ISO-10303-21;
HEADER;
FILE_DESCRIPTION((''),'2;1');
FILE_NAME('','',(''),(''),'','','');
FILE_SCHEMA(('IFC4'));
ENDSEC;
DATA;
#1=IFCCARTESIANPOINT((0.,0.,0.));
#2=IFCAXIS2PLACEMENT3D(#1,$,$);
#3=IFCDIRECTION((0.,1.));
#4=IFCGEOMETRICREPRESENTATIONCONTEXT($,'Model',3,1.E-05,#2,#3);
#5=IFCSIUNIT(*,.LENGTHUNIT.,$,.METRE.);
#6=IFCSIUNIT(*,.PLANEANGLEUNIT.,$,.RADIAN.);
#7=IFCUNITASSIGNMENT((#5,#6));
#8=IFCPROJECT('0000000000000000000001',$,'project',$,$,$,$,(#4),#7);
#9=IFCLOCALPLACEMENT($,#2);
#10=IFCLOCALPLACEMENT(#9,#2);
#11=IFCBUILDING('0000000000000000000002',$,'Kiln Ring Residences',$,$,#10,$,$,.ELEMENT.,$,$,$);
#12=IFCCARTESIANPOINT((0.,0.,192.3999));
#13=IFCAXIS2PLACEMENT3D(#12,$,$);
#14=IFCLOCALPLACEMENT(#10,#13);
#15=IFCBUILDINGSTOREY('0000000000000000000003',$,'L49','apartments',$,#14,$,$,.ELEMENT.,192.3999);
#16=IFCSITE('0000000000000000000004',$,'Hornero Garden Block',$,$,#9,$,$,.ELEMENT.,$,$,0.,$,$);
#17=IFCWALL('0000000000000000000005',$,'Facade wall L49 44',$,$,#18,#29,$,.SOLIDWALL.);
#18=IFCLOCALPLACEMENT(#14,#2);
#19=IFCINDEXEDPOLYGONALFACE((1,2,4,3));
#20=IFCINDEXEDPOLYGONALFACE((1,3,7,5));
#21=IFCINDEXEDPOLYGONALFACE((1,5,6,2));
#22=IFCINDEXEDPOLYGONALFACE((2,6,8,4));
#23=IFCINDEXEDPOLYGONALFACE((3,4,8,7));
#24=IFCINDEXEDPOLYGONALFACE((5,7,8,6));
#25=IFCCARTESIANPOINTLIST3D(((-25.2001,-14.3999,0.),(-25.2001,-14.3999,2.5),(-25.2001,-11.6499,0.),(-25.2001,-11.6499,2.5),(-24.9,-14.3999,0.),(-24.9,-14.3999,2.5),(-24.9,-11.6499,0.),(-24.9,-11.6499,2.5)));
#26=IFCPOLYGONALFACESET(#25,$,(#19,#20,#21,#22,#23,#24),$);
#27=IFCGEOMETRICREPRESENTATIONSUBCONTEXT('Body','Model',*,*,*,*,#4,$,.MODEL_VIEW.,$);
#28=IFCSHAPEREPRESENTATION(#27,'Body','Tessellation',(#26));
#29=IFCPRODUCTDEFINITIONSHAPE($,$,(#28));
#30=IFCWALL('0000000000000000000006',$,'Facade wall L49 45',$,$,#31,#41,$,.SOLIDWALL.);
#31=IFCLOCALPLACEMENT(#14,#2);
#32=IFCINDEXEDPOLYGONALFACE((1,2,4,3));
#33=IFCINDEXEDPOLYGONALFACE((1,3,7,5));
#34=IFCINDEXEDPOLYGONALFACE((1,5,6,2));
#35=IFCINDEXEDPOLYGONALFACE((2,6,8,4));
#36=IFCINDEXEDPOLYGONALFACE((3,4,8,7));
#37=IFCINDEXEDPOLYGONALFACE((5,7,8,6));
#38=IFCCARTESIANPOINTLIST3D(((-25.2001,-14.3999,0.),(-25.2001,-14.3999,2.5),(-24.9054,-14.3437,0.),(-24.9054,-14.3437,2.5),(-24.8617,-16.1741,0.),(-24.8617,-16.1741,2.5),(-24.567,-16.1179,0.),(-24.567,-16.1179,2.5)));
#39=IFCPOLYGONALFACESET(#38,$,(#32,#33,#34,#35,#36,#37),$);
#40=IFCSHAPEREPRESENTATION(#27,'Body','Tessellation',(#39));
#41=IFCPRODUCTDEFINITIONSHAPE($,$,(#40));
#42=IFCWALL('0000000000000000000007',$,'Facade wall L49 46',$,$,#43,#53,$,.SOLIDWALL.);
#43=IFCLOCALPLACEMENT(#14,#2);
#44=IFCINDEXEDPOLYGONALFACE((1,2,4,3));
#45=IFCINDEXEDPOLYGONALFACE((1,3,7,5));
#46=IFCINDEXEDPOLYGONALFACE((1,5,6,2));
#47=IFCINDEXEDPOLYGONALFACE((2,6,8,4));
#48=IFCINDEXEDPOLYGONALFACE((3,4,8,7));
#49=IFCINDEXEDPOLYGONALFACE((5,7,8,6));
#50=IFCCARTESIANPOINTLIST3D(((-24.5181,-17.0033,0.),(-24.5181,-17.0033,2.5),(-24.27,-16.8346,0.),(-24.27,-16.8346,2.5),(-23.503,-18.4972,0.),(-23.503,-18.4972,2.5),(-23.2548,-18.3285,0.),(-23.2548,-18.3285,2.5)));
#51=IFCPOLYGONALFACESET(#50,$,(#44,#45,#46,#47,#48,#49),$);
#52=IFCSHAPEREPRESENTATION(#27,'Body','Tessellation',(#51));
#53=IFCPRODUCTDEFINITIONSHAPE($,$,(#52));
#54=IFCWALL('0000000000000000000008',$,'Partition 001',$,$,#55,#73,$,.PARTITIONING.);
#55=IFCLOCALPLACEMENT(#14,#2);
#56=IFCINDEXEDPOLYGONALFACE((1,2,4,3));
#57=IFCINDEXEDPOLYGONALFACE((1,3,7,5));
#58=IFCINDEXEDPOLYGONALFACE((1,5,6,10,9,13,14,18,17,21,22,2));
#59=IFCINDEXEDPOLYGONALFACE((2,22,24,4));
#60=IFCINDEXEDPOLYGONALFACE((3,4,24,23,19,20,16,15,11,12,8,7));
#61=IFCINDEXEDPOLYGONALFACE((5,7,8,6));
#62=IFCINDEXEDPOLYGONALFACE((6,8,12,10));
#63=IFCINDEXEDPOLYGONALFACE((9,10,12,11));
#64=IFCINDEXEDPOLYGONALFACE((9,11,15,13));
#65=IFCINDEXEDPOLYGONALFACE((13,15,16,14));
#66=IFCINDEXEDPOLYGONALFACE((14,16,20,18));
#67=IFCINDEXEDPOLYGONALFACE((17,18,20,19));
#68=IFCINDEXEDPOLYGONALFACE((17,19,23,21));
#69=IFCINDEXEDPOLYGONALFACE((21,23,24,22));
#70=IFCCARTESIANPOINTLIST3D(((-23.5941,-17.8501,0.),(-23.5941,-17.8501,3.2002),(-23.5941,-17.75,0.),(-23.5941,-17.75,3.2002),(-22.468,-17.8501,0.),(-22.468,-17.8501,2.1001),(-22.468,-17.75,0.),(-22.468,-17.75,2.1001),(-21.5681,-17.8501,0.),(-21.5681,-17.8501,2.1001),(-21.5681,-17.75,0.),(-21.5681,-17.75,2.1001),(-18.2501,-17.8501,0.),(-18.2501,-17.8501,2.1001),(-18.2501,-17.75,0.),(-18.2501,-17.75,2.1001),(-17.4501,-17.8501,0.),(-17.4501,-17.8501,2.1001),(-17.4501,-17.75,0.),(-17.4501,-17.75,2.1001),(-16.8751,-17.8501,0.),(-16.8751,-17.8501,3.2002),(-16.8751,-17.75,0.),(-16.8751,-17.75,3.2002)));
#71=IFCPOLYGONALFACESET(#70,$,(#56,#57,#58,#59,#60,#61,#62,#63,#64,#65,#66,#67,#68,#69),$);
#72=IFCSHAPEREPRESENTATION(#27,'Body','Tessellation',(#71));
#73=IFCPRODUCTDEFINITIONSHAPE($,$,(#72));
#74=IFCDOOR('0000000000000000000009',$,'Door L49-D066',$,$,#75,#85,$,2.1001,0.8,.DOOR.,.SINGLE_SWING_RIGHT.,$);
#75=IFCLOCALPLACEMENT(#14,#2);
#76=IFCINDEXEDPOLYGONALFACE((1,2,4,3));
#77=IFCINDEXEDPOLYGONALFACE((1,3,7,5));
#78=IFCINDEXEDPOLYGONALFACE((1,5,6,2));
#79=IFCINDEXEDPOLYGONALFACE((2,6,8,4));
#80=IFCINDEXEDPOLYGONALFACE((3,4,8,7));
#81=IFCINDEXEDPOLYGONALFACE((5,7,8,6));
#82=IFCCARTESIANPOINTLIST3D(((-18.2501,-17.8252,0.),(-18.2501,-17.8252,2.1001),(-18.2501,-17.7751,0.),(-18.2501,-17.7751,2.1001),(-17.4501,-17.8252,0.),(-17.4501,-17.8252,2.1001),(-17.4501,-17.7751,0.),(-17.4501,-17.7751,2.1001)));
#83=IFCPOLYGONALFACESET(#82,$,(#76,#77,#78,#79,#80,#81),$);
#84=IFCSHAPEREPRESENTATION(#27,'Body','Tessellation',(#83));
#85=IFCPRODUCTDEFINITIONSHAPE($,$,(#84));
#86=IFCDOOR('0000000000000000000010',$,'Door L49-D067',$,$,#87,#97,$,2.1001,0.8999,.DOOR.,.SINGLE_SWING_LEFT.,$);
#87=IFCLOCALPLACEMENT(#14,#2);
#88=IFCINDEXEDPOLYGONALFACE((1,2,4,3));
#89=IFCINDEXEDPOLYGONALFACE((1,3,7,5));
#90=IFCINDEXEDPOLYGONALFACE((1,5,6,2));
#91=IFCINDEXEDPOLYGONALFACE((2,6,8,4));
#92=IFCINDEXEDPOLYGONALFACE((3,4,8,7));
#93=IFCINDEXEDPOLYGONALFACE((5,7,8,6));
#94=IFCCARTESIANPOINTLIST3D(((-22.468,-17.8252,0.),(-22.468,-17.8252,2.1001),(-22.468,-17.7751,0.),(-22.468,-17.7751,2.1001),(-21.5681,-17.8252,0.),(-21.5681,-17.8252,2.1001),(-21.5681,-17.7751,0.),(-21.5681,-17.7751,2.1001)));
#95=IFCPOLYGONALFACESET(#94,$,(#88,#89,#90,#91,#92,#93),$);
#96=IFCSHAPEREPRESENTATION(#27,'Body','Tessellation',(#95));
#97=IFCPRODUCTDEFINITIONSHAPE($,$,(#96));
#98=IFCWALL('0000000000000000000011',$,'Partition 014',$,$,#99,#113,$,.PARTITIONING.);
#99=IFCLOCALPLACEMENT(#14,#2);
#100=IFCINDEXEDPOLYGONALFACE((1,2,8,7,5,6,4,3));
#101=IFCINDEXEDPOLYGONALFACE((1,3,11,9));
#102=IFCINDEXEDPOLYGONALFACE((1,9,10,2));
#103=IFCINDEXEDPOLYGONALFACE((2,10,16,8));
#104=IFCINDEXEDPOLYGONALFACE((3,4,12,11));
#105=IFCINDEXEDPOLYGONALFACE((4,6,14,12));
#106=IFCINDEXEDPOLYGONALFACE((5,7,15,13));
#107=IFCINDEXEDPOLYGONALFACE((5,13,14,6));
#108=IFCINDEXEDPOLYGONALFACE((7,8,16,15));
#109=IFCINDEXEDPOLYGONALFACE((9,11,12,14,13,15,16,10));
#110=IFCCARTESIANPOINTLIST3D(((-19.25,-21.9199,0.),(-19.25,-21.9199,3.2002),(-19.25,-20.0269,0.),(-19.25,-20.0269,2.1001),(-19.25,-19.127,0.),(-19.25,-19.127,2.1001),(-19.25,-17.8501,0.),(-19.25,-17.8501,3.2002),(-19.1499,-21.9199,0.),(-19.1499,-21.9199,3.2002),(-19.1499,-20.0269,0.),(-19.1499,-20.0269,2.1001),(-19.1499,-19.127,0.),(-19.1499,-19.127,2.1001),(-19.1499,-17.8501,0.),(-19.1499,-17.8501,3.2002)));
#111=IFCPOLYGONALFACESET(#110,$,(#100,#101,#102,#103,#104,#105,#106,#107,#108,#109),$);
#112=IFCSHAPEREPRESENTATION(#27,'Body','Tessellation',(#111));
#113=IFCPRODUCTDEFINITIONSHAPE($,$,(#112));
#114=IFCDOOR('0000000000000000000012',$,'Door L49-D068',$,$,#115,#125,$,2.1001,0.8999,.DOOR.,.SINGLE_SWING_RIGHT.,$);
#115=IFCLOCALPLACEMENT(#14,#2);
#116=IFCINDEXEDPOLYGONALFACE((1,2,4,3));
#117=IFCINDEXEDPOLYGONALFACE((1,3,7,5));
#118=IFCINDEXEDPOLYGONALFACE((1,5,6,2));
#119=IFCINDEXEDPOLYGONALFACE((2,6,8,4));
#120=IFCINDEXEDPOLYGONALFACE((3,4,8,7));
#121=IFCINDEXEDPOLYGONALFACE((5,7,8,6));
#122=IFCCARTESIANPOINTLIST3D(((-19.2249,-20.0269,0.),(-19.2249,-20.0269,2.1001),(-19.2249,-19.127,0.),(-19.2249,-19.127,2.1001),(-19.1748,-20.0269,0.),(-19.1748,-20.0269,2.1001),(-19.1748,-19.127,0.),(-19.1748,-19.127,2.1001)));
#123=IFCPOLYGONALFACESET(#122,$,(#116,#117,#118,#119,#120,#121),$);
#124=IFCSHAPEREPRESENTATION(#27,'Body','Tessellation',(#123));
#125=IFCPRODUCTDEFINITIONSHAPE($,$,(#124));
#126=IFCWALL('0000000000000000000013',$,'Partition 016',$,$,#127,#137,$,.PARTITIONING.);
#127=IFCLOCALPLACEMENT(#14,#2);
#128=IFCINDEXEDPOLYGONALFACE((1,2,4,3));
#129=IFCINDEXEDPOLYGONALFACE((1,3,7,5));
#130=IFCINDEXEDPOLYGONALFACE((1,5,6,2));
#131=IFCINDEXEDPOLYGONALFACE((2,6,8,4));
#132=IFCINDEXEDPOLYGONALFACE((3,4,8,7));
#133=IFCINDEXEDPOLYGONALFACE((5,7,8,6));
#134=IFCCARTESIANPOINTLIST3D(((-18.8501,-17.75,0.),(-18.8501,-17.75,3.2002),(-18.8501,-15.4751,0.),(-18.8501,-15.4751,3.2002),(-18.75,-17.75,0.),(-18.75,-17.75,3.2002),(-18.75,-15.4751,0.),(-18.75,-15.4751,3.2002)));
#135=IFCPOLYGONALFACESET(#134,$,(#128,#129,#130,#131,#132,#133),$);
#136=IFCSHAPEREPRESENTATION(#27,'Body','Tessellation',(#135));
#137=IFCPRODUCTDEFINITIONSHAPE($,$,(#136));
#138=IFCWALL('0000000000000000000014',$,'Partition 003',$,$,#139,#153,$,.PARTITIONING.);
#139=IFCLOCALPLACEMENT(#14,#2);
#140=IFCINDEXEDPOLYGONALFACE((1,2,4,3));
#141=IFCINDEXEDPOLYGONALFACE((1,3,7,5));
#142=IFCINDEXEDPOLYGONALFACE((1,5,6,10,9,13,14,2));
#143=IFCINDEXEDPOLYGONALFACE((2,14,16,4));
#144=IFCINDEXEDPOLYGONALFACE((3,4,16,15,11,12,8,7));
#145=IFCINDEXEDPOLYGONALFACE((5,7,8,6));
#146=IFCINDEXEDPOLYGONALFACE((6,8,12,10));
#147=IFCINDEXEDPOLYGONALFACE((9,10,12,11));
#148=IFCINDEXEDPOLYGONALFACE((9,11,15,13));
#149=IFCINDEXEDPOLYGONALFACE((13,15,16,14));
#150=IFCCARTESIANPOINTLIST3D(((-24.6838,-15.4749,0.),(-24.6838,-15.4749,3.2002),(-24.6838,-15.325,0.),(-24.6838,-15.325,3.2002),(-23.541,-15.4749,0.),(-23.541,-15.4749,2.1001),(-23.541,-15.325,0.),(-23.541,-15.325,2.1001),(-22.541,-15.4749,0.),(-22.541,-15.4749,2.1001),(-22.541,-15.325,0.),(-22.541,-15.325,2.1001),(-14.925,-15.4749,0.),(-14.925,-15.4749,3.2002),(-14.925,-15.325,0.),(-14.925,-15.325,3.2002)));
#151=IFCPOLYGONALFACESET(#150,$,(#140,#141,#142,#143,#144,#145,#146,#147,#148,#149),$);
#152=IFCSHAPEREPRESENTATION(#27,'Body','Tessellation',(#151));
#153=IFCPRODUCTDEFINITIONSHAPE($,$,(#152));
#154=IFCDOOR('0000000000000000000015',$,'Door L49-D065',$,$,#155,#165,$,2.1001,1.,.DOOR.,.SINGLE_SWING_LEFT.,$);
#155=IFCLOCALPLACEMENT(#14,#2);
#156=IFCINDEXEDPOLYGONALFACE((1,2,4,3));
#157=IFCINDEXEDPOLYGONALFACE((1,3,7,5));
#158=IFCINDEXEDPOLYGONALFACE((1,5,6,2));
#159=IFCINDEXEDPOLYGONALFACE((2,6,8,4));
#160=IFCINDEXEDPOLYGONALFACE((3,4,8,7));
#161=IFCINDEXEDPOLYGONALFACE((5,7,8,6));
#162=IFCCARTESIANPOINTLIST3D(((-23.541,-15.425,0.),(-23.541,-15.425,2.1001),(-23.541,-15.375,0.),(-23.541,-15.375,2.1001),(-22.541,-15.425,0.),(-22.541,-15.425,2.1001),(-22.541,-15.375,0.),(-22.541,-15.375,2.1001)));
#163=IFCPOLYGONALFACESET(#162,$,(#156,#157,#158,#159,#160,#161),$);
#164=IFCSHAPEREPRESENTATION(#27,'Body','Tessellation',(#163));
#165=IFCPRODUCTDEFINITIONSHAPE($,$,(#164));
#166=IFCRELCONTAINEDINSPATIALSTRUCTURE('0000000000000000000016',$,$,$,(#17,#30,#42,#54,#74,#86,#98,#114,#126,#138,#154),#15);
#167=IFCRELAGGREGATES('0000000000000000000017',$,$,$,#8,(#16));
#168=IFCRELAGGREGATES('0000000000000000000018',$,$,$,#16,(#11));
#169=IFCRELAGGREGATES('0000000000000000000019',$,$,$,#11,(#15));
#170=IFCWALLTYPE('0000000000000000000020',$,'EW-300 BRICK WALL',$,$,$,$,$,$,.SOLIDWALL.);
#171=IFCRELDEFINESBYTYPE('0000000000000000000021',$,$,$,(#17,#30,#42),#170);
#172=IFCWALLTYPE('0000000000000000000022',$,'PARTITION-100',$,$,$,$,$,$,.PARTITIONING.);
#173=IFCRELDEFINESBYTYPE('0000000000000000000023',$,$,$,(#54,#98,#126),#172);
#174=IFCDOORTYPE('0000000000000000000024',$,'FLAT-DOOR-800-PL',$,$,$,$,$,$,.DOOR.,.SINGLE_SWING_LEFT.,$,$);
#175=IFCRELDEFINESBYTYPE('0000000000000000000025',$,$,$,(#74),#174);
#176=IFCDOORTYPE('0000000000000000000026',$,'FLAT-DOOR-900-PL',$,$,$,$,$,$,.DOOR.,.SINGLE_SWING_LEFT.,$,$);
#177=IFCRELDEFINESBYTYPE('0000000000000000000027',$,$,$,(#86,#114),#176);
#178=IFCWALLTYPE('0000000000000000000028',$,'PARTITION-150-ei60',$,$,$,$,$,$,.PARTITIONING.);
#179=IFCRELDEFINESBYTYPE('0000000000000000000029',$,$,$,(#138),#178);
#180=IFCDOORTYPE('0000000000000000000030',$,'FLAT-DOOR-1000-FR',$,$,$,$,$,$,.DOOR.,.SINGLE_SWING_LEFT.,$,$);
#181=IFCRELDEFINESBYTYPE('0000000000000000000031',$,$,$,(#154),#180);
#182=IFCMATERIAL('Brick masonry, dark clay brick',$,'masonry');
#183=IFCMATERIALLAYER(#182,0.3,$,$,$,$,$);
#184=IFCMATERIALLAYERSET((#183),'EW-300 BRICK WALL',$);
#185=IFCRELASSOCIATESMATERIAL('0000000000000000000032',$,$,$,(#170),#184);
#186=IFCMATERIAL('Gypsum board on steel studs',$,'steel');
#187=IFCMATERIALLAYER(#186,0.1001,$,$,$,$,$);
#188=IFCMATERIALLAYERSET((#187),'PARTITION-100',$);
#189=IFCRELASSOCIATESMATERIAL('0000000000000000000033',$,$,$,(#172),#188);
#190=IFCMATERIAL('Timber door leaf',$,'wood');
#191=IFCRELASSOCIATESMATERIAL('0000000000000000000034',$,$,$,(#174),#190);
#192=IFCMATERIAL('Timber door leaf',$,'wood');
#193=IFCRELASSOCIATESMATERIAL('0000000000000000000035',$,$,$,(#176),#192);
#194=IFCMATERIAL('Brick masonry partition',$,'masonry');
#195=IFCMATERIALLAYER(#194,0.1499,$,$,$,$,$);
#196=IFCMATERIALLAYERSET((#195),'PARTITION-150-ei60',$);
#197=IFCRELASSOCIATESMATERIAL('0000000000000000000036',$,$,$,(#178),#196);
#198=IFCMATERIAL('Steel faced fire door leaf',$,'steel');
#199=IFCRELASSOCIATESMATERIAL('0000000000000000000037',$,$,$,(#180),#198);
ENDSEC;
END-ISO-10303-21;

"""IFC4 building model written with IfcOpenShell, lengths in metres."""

from ifc_helpers import new_model, si_unit, direction, frame, frame_2d, origin, place, context, subcontext, project, spatial, rectangle, extrude, material, layer, layer_set, type_object, element, fill, save


model = new_model("IFC4")

# Units and contexts
model_context = context("Model", 3, precision=1e-05, world=origin(), true_north=direction((0.0, 1.0)))
body_context = subcontext(model_context, "Body", "Model", "MODEL_VIEW")
ifc_project = project(units=[si_unit("LENGTHUNIT", "METRE"), si_unit("PLANEANGLEUNIT", "RADIAN")], contexts=[model_context])

# Site, building, storey
site_placement = place(None, origin())
site = spatial("IfcSite", under=ifc_project, at=site_placement, Name="Hornero Garden Block", CompositionType="ELEMENT", RefElevation=0.0)
building_placement = place(site_placement, origin())
building = spatial("IfcBuilding", under=site, at=building_placement, Name="Kiln Ring Residences", CompositionType="ELEMENT")
storey_placement = place(building_placement, frame((0.0, 0.0, 192.3999)))
storey = spatial("IfcBuildingStorey", under=building, at=storey_placement, Name="L49", Description="apartments", CompositionType="ELEMENT", Elevation=192.3999)

# Shared definitions
ifc_material_1 = material(Name="Brick masonry, dark clay brick", Category="masonry")
ifc_layer_1 = layer(ifc_material_1, 0.3)
ifc_layer_set_1 = layer_set([ifc_layer_1], Name="EW-300 BRICK WALL")
wall_type_1 = type_object("IfcWallType", Name="EW-300 BRICK WALL", PredefinedType="SOLIDWALL", material=ifc_layer_set_1)

# Walls
wall_1_placement = place(storey_placement, frame((-25.05, -11.6499, 0.0), z_axis=(0.0, 0.0, 1.0), x_axis=(0.0, -1.0, 0.0)))
element("IfcWall", 1, at=wall_1_placement, inside=storey, type_object=wall_type_1, Name="Facade wall L49 44", PredefinedType="SOLIDWALL", context=body_context, shape_type="SweptSolid", body=[
    extrude(rectangle(XDim=2.75, YDim=0.3, at=frame_2d((1.375, 0.0))), origin(), (0.0, 0.0, 1.0), 2.5),
])
for number, where, z_axis, x_axis, name in (
    (2, (-25.0527, -14.3718, 0.0), (0.0, 0.0, 1.0), (0.187348, -0.982294, 0.0), "Facade wall L49 45"),
    (3, (-24.394, -16.9189, 0.0), (0.0, 0.0, 1.0), (0.56204, -0.82711, 0.0), "Facade wall L49 46"),
):
    element("IfcWall", number, at=place(storey_placement, frame(where, z_axis=z_axis, x_axis=x_axis)), inside=storey, type_object=wall_type_1, Name=name, PredefinedType="SOLIDWALL", context=body_context, shape_type="SweptSolid", body=[
        extrude(rectangle(XDim=1.8062, YDim=0.3, at=frame_2d((0.9031, 0.0))), origin(), (0.0, 0.0, 1.0), 2.5),
    ])

# Wall, openings, doors
ifc_material_2 = material(Name="Gypsum board on steel studs", Category="steel")
ifc_layer_2 = layer(ifc_material_2, 0.1001)
ifc_layer_set_2 = layer_set([ifc_layer_2], Name="PARTITION-100")
wall_type_2 = type_object("IfcWallType", Name="PARTITION-100", PredefinedType="PARTITIONING", material=ifc_layer_set_2)
wall_2_placement = place(storey_placement, frame((-23.594, -17.8, 0.0), z_axis=(0.0, 0.0, 1.0), x_axis=(1.0, 0.0, 0.0)))
wall_2 = element("IfcWall", 4, at=wall_2_placement, inside=storey, type_object=wall_type_2, Name="Partition 001", PredefinedType="PARTITIONING", context=body_context, shape_type="SweptSolid", body=[
    extrude(rectangle(XDim=6.719, YDim=0.1001, at=frame_2d((3.3594, 0.0))), origin(), (0.0, 0.0, 1.0), 3.2002),
])
opening_1_placement = place(wall_2_placement, frame((5.344, 0.0, 0.0)))
opening_1 = element("IfcOpeningElement", 5, at=opening_1_placement, cuts=wall_2, PredefinedType="OPENING", context=body_context, shape_type="SweptSolid", body=[
    extrude(rectangle(XDim=0.8, YDim=2.1001, at=frame_2d((0.3999, 1.05))), frame((0.0, 0.0601, 0.0), z_axis=(0.0, -1.0, 0.0), x_axis=(1.0, 0.0, 0.0)), (0.0, 0.0, 1.0), 0.1201),
])
opening_2_placement = place(wall_2_placement, frame((1.126, 0.0, 0.0)))
opening_2 = element("IfcOpeningElement", 6, at=opening_2_placement, cuts=wall_2, PredefinedType="OPENING", context=body_context, shape_type="SweptSolid", body=[
    extrude(rectangle(XDim=0.8999, YDim=2.1001, at=frame_2d((0.45, 1.05))), frame((0.0, 0.0601, 0.0), z_axis=(0.0, -1.0, 0.0), x_axis=(1.0, 0.0, 0.0)), (0.0, 0.0, 1.0), 0.1201),
])
ifc_material_3 = material(Name="Timber door leaf", Category="wood")
door_type_1 = type_object("IfcDoorType", Name="FLAT-DOOR-800-PL", OperationType="SINGLE_SWING_LEFT", PredefinedType="DOOR", material=ifc_material_3)
door_1_placement = place(opening_1_placement, origin())
door_1 = element("IfcDoor", 7, at=door_1_placement, inside=storey, type_object=door_type_1, Name="Door L49-D066", OperationType="SINGLE_SWING_RIGHT", OverallHeight=2.1001, OverallWidth=0.8, PredefinedType="DOOR", context=body_context, shape_type="SweptSolid", body=[
    extrude(rectangle(XDim=0.8, YDim=2.1001, at=frame_2d((0.3999, 1.05))), frame((0.0, 0.0249, 0.0), z_axis=(0.0, -1.0, 0.0), x_axis=(1.0, 0.0, 0.0)), (0.0, 0.0, 1.0), 0.05),
])
fill(opening_1, door_1)
ifc_material_4 = material(Name="Timber door leaf", Category="wood")
door_type_2 = type_object("IfcDoorType", Name="FLAT-DOOR-900-PL", OperationType="SINGLE_SWING_LEFT", PredefinedType="DOOR", material=ifc_material_4)
door_2_placement = place(opening_2_placement, origin())
door_2 = element("IfcDoor", 8, at=door_2_placement, inside=storey, type_object=door_type_2, Name="Door L49-D067", OperationType="SINGLE_SWING_LEFT", OverallHeight=2.1001, OverallWidth=0.8999, PredefinedType="DOOR", context=body_context, shape_type="SweptSolid", body=[
    extrude(rectangle(XDim=0.8999, YDim=2.1001, at=frame_2d((0.45, 1.05))), frame((0.0, 0.0249, 0.0), z_axis=(0.0, -1.0, 0.0), x_axis=(1.0, 0.0, 0.0)), (0.0, 0.0, 1.0), 0.05),
])
fill(opening_2, door_2)

# Wall, opening, door
wall_3_placement = place(storey_placement, frame((-19.2, -21.9199, 0.0), z_axis=(0.0, 0.0, 1.0), x_axis=(0.0, 1.0, 0.0)))
wall_3 = element("IfcWall", 9, at=wall_3_placement, inside=storey, type_object=wall_type_2, Name="Partition 014", PredefinedType="PARTITIONING", context=body_context, shape_type="SweptSolid", body=[
    extrude(rectangle(XDim=4.0698, YDim=0.1001, at=frame_2d((2.0349, 0.0))), origin(), (0.0, 0.0, 1.0), 3.2002),
])
opening_3_placement = place(wall_3_placement, frame((1.8931, 0.0, 0.0)))
opening_3 = element("IfcOpeningElement", 10, at=opening_3_placement, cuts=wall_3, PredefinedType="OPENING", context=body_context, shape_type="SweptSolid", body=[
    extrude(rectangle(XDim=0.8999, YDim=2.1001, at=frame_2d((0.45, 1.05))), frame((0.0, 0.0601, 0.0), z_axis=(0.0, -1.0, 0.0), x_axis=(1.0, 0.0, 0.0)), (0.0, 0.0, 1.0), 0.1201),
])
door_3_placement = place(opening_3_placement, origin())
door_3 = element("IfcDoor", 11, at=door_3_placement, inside=storey, type_object=door_type_2, Name="Door L49-D068", OperationType="SINGLE_SWING_RIGHT", OverallHeight=2.1001, OverallWidth=0.8999, PredefinedType="DOOR", context=body_context, shape_type="SweptSolid", body=[
    extrude(rectangle(XDim=0.8999, YDim=2.1001, at=frame_2d((0.45, 1.05))), frame((0.0, 0.0249, 0.0), z_axis=(0.0, -1.0, 0.0), x_axis=(1.0, 0.0, 0.0)), (0.0, 0.0, 1.0), 0.05),
])
fill(opening_3, door_3)

# Wall
wall_4_placement = place(storey_placement, frame((-18.8, -17.75, 0.0), z_axis=(0.0, 0.0, 1.0), x_axis=(0.0, 1.0, 0.0)))
element("IfcWall", 12, at=wall_4_placement, inside=storey, type_object=wall_type_2, Name="Partition 016", PredefinedType="PARTITIONING", context=body_context, shape_type="SweptSolid", body=[
    extrude(rectangle(XDim=2.2749, YDim=0.1001, at=frame_2d((1.1375, 0.0))), origin(), (0.0, 0.0, 1.0), 3.2002),
])

# Wall, opening, door
ifc_material_5 = material(Name="Brick masonry partition", Category="masonry")
ifc_layer_3 = layer(ifc_material_5, 0.1499)
ifc_layer_set_3 = layer_set([ifc_layer_3], Name="PARTITION-150-ei60")
wall_type_3 = type_object("IfcWallType", Name="PARTITION-150-ei60", PredefinedType="PARTITIONING", material=ifc_layer_set_3)
wall_5_placement = place(storey_placement, frame((-24.6838, -15.3999, 0.0), z_axis=(0.0, 0.0, 1.0), x_axis=(1.0, 0.0, 0.0)))
wall_5 = element("IfcWall", 13, at=wall_5_placement, inside=storey, type_object=wall_type_3, Name="Partition 003", PredefinedType="PARTITIONING", context=body_context, shape_type="SweptSolid", body=[
    extrude(rectangle(XDim=9.7588, YDim=0.1499, at=frame_2d((4.8794, 0.0))), origin(), (0.0, 0.0, 1.0), 3.2002),
])
opening_4_placement = place(wall_5_placement, frame((1.1428, 0.0, 0.0)))
opening_4 = element("IfcOpeningElement", 14, at=opening_4_placement, cuts=wall_5, PredefinedType="OPENING", context=body_context, shape_type="SweptSolid", body=[
    extrude(rectangle(XDim=1.0, YDim=2.1001, at=frame_2d((0.5, 1.05))), frame((0.0, 0.085, 0.0), z_axis=(0.0, -1.0, 0.0), x_axis=(1.0, 0.0, 0.0)), (0.0, 0.0, 1.0), 0.1699),
])
ifc_material_6 = material(Name="Steel faced fire door leaf", Category="steel")
door_type_3 = type_object("IfcDoorType", Name="FLAT-DOOR-1000-FR", OperationType="SINGLE_SWING_LEFT", PredefinedType="DOOR", material=ifc_material_6)
door_4_placement = place(opening_4_placement, origin())
door_4 = element("IfcDoor", 15, at=door_4_placement, inside=storey, type_object=door_type_3, Name="Door L49-D065", OperationType="SINGLE_SWING_LEFT", OverallHeight=2.1001, OverallWidth=1.0, PredefinedType="DOOR", context=body_context, shape_type="SweptSolid", body=[
    extrude(rectangle(XDim=1.0, YDim=2.1001, at=frame_2d((0.5, 1.05))), frame((0.0, 0.0249, 0.0), z_axis=(0.0, -1.0, 0.0), x_axis=(1.0, 0.0, 0.0)), (0.0, 0.0, 1.0), 0.05),
])
fill(opening_4, door_4)

save(model, "model.ifc")
